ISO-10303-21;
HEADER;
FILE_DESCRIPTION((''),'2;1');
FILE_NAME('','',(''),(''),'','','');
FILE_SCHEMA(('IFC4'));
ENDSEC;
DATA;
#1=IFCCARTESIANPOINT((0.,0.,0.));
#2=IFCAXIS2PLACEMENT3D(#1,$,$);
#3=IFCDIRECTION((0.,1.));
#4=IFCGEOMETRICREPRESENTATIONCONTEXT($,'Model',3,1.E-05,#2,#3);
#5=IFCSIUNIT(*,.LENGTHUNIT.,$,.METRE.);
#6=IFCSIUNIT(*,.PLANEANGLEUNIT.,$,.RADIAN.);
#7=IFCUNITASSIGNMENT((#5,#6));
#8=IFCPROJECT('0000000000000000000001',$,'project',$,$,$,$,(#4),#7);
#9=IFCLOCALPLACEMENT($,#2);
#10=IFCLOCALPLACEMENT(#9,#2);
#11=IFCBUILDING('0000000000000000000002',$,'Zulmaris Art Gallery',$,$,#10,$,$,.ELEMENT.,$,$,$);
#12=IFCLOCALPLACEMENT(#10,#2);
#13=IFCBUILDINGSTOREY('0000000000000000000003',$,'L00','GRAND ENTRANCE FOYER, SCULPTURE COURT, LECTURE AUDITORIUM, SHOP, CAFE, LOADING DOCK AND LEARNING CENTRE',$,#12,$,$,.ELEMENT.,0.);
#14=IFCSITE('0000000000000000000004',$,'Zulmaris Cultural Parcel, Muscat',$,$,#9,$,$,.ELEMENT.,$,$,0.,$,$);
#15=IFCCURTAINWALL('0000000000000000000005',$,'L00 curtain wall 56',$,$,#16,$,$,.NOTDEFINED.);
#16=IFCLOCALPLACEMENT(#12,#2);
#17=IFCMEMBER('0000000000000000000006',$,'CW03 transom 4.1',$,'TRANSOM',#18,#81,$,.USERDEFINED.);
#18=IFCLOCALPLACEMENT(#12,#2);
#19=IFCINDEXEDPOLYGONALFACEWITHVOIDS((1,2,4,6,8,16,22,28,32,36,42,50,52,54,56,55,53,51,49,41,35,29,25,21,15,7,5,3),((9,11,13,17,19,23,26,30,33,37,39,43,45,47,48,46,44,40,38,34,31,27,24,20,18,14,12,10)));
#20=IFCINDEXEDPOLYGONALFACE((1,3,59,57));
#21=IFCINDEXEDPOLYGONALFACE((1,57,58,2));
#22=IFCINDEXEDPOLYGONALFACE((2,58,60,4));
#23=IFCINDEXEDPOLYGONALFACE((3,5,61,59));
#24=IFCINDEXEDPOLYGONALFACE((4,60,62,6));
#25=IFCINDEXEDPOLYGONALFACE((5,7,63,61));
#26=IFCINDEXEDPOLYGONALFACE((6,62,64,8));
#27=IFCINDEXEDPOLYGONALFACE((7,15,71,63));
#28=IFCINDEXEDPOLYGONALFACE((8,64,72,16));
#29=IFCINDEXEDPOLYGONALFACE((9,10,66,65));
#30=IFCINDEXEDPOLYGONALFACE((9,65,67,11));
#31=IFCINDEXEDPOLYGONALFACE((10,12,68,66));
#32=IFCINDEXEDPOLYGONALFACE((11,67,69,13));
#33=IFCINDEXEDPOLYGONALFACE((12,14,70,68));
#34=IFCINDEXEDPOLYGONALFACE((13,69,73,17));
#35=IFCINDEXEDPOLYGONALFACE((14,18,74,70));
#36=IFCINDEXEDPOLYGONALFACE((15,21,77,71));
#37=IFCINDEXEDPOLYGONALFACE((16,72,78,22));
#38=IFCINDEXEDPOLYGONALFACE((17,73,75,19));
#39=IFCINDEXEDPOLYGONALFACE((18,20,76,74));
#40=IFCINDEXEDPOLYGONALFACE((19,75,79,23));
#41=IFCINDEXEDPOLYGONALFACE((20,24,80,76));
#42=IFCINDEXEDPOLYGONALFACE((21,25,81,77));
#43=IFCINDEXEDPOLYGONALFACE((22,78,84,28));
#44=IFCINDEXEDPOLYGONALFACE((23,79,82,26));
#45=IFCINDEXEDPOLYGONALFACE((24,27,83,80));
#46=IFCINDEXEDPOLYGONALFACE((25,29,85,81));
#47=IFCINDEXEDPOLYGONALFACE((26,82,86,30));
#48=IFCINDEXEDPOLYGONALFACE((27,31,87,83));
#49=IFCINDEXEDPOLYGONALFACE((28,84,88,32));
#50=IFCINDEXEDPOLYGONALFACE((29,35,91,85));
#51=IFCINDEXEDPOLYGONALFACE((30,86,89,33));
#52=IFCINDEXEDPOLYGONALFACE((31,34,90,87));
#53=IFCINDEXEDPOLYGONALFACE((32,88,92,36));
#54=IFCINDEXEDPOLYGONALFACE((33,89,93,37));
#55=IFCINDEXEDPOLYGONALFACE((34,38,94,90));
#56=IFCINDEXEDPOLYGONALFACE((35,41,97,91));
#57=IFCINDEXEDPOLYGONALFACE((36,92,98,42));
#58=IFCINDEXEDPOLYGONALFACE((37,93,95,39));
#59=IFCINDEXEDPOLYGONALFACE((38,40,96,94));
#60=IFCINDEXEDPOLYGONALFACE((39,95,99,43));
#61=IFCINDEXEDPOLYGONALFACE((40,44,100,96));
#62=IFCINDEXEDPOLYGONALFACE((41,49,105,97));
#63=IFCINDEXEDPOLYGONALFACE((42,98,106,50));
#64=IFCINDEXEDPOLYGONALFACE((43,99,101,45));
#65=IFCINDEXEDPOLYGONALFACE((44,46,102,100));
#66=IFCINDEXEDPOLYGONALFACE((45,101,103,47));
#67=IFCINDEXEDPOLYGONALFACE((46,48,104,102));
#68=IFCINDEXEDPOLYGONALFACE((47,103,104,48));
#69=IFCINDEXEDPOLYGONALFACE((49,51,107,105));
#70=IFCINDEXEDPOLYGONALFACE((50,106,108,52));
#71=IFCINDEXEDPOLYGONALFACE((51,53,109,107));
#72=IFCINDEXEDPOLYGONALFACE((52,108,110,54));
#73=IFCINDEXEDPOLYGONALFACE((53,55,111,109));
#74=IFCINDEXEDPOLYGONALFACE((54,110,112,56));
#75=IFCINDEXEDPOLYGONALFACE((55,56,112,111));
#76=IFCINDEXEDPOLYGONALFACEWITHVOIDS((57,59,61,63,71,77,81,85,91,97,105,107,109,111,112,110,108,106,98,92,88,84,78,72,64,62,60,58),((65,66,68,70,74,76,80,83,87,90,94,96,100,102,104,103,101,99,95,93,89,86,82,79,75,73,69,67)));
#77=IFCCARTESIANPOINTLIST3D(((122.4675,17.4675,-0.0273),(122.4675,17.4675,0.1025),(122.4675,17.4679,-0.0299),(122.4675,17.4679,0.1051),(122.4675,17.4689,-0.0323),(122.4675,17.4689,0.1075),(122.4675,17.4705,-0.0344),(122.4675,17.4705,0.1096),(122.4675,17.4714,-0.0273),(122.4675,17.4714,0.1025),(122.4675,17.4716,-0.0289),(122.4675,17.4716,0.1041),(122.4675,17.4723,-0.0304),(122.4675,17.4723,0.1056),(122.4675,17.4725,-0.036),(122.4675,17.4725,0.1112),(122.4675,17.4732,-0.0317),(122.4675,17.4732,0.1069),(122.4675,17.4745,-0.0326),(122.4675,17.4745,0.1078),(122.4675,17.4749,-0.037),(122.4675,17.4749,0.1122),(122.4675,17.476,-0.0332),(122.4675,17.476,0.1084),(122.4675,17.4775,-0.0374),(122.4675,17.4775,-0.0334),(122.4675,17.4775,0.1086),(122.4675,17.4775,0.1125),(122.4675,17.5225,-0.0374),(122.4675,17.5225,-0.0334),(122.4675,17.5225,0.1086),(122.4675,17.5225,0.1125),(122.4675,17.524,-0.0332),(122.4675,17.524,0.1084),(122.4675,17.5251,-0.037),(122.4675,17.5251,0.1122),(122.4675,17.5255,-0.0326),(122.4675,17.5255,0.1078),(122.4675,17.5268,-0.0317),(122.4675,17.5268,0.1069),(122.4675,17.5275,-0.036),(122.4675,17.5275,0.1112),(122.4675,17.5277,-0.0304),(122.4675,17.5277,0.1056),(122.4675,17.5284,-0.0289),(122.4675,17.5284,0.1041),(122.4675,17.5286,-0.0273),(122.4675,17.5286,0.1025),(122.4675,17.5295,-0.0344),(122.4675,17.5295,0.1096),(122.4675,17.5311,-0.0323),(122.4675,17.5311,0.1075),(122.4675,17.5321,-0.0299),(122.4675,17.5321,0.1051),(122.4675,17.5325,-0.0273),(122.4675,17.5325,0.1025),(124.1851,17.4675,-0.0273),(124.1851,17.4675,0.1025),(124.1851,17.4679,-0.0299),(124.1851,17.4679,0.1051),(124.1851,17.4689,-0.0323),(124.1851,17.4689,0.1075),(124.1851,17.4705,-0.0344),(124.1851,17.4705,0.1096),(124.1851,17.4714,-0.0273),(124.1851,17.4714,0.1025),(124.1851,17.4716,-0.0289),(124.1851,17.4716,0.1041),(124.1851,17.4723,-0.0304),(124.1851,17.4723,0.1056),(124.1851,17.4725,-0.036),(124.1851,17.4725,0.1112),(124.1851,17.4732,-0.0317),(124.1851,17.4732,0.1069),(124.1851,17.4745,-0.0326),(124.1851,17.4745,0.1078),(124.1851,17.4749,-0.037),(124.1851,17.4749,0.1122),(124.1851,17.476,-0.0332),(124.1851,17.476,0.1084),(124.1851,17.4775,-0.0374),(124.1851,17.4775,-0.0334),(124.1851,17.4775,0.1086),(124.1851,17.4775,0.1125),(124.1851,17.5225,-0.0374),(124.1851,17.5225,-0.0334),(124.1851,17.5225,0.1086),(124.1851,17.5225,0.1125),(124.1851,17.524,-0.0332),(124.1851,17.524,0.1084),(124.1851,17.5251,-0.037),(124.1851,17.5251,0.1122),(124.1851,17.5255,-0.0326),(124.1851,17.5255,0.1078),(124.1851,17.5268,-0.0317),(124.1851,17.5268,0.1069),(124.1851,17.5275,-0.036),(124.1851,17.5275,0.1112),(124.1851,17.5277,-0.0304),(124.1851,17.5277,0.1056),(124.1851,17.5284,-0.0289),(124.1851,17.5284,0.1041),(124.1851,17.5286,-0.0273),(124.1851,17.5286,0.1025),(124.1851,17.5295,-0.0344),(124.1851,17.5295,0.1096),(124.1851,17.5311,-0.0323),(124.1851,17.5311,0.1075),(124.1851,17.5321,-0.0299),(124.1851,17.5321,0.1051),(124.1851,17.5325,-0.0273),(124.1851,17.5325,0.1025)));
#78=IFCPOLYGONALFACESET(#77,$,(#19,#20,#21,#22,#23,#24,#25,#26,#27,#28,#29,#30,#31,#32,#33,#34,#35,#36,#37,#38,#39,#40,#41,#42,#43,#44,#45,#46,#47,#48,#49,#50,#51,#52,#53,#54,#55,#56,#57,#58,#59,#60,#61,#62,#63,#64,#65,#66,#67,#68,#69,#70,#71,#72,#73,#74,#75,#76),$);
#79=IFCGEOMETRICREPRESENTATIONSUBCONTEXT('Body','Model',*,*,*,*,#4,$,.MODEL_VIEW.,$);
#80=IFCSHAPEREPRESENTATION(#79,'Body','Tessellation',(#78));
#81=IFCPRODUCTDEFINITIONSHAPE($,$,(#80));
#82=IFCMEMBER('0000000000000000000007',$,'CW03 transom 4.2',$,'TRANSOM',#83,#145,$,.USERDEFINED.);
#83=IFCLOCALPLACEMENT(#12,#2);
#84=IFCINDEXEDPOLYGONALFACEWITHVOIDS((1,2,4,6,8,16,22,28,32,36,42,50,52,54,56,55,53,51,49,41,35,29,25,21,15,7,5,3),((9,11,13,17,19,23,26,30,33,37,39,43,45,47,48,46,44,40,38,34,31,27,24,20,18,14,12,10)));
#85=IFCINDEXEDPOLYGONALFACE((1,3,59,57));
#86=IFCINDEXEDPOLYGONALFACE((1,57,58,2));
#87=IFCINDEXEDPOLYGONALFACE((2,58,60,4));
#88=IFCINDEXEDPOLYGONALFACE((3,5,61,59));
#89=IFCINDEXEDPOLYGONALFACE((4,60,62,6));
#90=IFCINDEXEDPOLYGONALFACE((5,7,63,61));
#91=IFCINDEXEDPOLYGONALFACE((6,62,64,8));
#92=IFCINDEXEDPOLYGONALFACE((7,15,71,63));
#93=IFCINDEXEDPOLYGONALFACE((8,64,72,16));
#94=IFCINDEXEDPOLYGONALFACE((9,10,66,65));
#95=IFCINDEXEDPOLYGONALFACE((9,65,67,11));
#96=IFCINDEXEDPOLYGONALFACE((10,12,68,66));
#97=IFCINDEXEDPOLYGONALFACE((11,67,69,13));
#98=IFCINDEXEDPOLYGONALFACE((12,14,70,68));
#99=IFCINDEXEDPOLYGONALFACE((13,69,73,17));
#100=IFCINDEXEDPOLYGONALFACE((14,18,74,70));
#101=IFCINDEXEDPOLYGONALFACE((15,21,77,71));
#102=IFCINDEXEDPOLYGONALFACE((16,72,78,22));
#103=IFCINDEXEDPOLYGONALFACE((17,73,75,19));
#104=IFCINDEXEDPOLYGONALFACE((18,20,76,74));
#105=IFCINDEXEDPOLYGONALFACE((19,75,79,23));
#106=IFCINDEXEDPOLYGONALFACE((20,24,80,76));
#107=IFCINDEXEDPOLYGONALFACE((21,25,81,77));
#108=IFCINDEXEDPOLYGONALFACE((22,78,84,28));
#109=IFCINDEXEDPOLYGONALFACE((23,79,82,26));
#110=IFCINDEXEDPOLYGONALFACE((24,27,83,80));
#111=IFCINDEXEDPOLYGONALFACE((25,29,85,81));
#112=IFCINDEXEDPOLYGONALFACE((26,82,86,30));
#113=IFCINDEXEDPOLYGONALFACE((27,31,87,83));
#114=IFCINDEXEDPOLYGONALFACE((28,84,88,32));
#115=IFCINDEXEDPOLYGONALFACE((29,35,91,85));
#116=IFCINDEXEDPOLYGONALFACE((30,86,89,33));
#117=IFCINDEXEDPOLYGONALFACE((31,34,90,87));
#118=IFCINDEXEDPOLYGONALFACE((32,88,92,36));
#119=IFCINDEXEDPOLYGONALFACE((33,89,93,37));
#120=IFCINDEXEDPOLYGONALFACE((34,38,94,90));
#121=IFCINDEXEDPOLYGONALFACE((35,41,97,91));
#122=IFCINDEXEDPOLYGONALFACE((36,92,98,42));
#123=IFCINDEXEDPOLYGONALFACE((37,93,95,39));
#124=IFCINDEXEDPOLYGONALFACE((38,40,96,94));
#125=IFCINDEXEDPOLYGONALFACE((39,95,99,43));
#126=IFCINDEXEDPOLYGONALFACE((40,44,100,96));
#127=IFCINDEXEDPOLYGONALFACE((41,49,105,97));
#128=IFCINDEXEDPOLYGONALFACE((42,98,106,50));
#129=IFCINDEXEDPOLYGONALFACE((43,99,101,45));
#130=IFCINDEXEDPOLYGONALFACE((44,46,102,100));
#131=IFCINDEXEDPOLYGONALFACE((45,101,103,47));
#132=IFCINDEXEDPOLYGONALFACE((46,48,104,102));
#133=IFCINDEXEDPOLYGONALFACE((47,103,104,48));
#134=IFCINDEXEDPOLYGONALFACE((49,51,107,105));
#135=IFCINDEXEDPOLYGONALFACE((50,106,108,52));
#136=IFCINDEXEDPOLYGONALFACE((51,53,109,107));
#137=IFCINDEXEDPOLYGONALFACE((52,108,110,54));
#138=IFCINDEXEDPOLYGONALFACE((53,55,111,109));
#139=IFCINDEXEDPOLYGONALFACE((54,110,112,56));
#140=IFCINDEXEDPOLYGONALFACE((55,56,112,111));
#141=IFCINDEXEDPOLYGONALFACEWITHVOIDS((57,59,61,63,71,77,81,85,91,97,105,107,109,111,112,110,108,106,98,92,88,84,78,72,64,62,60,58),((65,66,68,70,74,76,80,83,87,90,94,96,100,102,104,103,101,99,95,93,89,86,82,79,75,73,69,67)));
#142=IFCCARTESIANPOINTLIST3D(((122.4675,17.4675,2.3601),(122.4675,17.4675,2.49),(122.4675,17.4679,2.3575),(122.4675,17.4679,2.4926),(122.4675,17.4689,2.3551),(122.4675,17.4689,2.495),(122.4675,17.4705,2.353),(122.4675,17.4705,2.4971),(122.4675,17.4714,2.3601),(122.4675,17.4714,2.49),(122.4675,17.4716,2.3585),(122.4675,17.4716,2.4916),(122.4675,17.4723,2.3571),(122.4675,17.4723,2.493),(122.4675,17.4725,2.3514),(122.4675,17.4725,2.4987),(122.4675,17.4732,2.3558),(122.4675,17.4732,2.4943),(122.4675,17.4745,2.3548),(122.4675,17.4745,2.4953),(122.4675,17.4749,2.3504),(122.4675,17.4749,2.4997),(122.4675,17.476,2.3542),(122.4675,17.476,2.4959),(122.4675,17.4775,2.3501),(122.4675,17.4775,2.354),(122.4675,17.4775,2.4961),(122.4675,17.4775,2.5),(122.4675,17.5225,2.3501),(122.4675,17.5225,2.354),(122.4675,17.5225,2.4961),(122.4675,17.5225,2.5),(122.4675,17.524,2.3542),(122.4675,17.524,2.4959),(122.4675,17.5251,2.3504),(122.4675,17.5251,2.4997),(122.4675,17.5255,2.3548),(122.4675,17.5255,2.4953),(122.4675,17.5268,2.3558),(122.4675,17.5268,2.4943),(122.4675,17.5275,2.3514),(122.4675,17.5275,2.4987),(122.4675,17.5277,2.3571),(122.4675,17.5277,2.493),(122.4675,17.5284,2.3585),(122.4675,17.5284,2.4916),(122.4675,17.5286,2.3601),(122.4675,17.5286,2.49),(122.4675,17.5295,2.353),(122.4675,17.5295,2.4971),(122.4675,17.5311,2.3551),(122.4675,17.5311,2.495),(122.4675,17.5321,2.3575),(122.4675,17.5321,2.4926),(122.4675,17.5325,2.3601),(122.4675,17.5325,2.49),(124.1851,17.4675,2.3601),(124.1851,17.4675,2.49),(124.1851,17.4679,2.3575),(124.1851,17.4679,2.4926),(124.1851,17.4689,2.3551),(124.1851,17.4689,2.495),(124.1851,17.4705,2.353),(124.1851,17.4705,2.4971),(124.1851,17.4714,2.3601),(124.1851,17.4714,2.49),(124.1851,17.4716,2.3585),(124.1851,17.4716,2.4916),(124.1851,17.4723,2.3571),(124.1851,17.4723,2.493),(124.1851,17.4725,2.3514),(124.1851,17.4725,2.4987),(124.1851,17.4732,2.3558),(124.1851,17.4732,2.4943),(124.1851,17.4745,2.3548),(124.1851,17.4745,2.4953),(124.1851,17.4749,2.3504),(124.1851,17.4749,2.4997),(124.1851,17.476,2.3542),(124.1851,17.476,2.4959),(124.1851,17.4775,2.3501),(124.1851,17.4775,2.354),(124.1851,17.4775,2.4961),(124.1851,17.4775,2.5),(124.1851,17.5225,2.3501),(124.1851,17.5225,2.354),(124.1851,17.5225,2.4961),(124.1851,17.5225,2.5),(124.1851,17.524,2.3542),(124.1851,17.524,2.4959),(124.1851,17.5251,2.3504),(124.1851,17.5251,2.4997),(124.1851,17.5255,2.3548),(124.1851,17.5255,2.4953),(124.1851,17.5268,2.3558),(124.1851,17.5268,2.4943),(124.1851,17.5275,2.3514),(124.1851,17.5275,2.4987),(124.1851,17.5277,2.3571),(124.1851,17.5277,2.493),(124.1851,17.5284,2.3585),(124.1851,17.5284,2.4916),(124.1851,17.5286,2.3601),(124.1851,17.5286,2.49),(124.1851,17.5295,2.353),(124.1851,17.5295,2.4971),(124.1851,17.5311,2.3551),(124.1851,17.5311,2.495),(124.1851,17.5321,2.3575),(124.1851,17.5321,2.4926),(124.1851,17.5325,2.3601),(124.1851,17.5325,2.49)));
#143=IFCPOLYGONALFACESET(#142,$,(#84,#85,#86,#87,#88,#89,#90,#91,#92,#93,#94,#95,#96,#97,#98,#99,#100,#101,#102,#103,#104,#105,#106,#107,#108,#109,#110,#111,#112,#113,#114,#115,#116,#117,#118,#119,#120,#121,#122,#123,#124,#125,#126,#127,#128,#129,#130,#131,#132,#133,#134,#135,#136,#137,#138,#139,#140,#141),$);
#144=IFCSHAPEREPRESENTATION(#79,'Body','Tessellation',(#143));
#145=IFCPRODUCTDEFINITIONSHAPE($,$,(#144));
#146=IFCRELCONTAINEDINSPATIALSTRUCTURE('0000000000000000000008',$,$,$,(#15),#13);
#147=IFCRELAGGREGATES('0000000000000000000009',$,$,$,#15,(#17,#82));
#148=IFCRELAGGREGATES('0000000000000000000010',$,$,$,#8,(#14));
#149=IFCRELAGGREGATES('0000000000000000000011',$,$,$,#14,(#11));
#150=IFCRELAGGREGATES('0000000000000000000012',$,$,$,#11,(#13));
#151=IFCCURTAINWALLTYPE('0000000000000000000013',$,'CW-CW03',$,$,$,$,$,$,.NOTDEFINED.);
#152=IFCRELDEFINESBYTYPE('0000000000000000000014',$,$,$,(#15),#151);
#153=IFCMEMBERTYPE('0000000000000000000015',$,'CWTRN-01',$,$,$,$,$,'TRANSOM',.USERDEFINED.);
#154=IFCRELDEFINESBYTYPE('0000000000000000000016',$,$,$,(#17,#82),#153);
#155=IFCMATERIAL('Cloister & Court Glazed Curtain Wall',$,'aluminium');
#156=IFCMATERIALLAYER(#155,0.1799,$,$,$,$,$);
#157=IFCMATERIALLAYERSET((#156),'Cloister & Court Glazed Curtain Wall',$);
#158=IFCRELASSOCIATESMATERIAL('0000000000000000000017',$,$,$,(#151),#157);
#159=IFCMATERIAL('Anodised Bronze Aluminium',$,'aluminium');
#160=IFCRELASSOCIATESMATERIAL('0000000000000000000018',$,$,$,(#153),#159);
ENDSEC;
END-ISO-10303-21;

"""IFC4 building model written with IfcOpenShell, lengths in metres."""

from ifc_helpers import new_model, si_unit, direction, frame, origin, origin_2d, place, context, subcontext, project, spatial, hollow_rectangle, extrude, material, layer, layer_set, material_profile, profile_set, type_object, element, aggregate, save


model = new_model("IFC4")

# Units and contexts
model_context = context("Model", 3, precision=1e-05, world=origin(), true_north=direction((0.0, 1.0)))
body_context = subcontext(model_context, "Body", "Model", "MODEL_VIEW")
ifc_project = project(units=[si_unit("LENGTHUNIT", "METRE"), si_unit("PLANEANGLEUNIT", "RADIAN")], contexts=[model_context])

# Site, building, storey
site_placement = place(None, origin())
site = spatial("IfcSite", under=ifc_project, at=site_placement, Name="Zulmaris Cultural Parcel, Muscat", CompositionType="ELEMENT", RefElevation=0.0)
building_placement = place(site_placement, origin())
building = spatial("IfcBuilding", under=site, at=building_placement, Name="Zulmaris Art Gallery", CompositionType="ELEMENT")
storey_placement = place(building_placement, origin())
storey = spatial("IfcBuildingStorey", under=building, at=storey_placement, Name="L00", Description="GRAND ENTRANCE FOYER, SCULPTURE COURT, LECTURE AUDITORIUM, SHOP, CAFE, LOADING DOCK AND LEARNING CENTRE", CompositionType="ELEMENT", Elevation=0.0)

# Curtain wall, members
ifc_material_1 = material(Name="Cloister & Court Glazed Curtain Wall", Category="aluminium")
ifc_layer_1 = layer(ifc_material_1, 0.1799)
ifc_layer_set_1 = layer_set([ifc_layer_1], Name="Cloister & Court Glazed Curtain Wall")
curtain_wall_type = type_object("IfcCurtainWallType", Name="CW-CW03", PredefinedType="NOTDEFINED", material=ifc_layer_set_1)
curtain_wall_placement = place(storey_placement, origin())
curtain_wall = element("IfcCurtainWall", 1, at=curtain_wall_placement, inside=storey, type_object=curtain_wall_type, Name="L00 curtain wall 56", PredefinedType="NOTDEFINED")
ifc_material_2 = material(Name="Anodised Bronze Aluminium", Category="aluminium")
ifc_material_profile_1 = material_profile(ifc_material_2, hollow_rectangle(XDim=0.0649, YDim=0.1499, WallThickness=0.0039, InnerFilletRadius=0.0061, OuterFilletRadius=0.01, at=origin_2d()), Name="ALU 65x150x4")
ifc_profile_set_1 = profile_set([ifc_material_profile_1], Name="Anodised Bronze Aluminium")
member_type_1 = type_object("IfcMemberType", Name="CWTRN-01", ElementType="TRANSOM", PredefinedType="USERDEFINED", material=ifc_profile_set_1)
member_1_placement = place(storey_placement, frame((122.4675, 17.5, 0.0376), z_axis=(1.0, 0.0, 0.0), x_axis=(0.0, 1.0, 0.0)))
member_1 = element("IfcMember", 2, at=member_1_placement, type_object=member_type_1, Name="CW03 transom 4.1", ObjectType="TRANSOM", PredefinedType="USERDEFINED", context=body_context, shape_type="SweptSolid", body=[
    extrude(hollow_rectangle(XDim=0.0649, YDim=0.1499, WallThickness=0.0039, InnerFilletRadius=0.0061, OuterFilletRadius=0.01, at=origin_2d()), origin(), (0.0, 0.0, 1.0), 1.7175),
])
member_2_placement = place(storey_placement, frame((122.4675, 17.5, 2.425), z_axis=(1.0, 0.0, 0.0), x_axis=(0.0, 1.0, 0.0)))
member_2 = element("IfcMember", 3, at=member_2_placement, type_object=member_type_1, Name="CW03 transom 4.2", ObjectType="TRANSOM", PredefinedType="USERDEFINED", context=body_context, shape_type="SweptSolid", body=[
    extrude(hollow_rectangle(XDim=0.0649, YDim=0.1499, WallThickness=0.0039, InnerFilletRadius=0.0061, OuterFilletRadius=0.01, at=origin_2d()), origin(), (0.0, 0.0, 1.0), 1.7175),
])
aggregate(curtain_wall, [member_1, member_2])

save(model, "model.ifc")
